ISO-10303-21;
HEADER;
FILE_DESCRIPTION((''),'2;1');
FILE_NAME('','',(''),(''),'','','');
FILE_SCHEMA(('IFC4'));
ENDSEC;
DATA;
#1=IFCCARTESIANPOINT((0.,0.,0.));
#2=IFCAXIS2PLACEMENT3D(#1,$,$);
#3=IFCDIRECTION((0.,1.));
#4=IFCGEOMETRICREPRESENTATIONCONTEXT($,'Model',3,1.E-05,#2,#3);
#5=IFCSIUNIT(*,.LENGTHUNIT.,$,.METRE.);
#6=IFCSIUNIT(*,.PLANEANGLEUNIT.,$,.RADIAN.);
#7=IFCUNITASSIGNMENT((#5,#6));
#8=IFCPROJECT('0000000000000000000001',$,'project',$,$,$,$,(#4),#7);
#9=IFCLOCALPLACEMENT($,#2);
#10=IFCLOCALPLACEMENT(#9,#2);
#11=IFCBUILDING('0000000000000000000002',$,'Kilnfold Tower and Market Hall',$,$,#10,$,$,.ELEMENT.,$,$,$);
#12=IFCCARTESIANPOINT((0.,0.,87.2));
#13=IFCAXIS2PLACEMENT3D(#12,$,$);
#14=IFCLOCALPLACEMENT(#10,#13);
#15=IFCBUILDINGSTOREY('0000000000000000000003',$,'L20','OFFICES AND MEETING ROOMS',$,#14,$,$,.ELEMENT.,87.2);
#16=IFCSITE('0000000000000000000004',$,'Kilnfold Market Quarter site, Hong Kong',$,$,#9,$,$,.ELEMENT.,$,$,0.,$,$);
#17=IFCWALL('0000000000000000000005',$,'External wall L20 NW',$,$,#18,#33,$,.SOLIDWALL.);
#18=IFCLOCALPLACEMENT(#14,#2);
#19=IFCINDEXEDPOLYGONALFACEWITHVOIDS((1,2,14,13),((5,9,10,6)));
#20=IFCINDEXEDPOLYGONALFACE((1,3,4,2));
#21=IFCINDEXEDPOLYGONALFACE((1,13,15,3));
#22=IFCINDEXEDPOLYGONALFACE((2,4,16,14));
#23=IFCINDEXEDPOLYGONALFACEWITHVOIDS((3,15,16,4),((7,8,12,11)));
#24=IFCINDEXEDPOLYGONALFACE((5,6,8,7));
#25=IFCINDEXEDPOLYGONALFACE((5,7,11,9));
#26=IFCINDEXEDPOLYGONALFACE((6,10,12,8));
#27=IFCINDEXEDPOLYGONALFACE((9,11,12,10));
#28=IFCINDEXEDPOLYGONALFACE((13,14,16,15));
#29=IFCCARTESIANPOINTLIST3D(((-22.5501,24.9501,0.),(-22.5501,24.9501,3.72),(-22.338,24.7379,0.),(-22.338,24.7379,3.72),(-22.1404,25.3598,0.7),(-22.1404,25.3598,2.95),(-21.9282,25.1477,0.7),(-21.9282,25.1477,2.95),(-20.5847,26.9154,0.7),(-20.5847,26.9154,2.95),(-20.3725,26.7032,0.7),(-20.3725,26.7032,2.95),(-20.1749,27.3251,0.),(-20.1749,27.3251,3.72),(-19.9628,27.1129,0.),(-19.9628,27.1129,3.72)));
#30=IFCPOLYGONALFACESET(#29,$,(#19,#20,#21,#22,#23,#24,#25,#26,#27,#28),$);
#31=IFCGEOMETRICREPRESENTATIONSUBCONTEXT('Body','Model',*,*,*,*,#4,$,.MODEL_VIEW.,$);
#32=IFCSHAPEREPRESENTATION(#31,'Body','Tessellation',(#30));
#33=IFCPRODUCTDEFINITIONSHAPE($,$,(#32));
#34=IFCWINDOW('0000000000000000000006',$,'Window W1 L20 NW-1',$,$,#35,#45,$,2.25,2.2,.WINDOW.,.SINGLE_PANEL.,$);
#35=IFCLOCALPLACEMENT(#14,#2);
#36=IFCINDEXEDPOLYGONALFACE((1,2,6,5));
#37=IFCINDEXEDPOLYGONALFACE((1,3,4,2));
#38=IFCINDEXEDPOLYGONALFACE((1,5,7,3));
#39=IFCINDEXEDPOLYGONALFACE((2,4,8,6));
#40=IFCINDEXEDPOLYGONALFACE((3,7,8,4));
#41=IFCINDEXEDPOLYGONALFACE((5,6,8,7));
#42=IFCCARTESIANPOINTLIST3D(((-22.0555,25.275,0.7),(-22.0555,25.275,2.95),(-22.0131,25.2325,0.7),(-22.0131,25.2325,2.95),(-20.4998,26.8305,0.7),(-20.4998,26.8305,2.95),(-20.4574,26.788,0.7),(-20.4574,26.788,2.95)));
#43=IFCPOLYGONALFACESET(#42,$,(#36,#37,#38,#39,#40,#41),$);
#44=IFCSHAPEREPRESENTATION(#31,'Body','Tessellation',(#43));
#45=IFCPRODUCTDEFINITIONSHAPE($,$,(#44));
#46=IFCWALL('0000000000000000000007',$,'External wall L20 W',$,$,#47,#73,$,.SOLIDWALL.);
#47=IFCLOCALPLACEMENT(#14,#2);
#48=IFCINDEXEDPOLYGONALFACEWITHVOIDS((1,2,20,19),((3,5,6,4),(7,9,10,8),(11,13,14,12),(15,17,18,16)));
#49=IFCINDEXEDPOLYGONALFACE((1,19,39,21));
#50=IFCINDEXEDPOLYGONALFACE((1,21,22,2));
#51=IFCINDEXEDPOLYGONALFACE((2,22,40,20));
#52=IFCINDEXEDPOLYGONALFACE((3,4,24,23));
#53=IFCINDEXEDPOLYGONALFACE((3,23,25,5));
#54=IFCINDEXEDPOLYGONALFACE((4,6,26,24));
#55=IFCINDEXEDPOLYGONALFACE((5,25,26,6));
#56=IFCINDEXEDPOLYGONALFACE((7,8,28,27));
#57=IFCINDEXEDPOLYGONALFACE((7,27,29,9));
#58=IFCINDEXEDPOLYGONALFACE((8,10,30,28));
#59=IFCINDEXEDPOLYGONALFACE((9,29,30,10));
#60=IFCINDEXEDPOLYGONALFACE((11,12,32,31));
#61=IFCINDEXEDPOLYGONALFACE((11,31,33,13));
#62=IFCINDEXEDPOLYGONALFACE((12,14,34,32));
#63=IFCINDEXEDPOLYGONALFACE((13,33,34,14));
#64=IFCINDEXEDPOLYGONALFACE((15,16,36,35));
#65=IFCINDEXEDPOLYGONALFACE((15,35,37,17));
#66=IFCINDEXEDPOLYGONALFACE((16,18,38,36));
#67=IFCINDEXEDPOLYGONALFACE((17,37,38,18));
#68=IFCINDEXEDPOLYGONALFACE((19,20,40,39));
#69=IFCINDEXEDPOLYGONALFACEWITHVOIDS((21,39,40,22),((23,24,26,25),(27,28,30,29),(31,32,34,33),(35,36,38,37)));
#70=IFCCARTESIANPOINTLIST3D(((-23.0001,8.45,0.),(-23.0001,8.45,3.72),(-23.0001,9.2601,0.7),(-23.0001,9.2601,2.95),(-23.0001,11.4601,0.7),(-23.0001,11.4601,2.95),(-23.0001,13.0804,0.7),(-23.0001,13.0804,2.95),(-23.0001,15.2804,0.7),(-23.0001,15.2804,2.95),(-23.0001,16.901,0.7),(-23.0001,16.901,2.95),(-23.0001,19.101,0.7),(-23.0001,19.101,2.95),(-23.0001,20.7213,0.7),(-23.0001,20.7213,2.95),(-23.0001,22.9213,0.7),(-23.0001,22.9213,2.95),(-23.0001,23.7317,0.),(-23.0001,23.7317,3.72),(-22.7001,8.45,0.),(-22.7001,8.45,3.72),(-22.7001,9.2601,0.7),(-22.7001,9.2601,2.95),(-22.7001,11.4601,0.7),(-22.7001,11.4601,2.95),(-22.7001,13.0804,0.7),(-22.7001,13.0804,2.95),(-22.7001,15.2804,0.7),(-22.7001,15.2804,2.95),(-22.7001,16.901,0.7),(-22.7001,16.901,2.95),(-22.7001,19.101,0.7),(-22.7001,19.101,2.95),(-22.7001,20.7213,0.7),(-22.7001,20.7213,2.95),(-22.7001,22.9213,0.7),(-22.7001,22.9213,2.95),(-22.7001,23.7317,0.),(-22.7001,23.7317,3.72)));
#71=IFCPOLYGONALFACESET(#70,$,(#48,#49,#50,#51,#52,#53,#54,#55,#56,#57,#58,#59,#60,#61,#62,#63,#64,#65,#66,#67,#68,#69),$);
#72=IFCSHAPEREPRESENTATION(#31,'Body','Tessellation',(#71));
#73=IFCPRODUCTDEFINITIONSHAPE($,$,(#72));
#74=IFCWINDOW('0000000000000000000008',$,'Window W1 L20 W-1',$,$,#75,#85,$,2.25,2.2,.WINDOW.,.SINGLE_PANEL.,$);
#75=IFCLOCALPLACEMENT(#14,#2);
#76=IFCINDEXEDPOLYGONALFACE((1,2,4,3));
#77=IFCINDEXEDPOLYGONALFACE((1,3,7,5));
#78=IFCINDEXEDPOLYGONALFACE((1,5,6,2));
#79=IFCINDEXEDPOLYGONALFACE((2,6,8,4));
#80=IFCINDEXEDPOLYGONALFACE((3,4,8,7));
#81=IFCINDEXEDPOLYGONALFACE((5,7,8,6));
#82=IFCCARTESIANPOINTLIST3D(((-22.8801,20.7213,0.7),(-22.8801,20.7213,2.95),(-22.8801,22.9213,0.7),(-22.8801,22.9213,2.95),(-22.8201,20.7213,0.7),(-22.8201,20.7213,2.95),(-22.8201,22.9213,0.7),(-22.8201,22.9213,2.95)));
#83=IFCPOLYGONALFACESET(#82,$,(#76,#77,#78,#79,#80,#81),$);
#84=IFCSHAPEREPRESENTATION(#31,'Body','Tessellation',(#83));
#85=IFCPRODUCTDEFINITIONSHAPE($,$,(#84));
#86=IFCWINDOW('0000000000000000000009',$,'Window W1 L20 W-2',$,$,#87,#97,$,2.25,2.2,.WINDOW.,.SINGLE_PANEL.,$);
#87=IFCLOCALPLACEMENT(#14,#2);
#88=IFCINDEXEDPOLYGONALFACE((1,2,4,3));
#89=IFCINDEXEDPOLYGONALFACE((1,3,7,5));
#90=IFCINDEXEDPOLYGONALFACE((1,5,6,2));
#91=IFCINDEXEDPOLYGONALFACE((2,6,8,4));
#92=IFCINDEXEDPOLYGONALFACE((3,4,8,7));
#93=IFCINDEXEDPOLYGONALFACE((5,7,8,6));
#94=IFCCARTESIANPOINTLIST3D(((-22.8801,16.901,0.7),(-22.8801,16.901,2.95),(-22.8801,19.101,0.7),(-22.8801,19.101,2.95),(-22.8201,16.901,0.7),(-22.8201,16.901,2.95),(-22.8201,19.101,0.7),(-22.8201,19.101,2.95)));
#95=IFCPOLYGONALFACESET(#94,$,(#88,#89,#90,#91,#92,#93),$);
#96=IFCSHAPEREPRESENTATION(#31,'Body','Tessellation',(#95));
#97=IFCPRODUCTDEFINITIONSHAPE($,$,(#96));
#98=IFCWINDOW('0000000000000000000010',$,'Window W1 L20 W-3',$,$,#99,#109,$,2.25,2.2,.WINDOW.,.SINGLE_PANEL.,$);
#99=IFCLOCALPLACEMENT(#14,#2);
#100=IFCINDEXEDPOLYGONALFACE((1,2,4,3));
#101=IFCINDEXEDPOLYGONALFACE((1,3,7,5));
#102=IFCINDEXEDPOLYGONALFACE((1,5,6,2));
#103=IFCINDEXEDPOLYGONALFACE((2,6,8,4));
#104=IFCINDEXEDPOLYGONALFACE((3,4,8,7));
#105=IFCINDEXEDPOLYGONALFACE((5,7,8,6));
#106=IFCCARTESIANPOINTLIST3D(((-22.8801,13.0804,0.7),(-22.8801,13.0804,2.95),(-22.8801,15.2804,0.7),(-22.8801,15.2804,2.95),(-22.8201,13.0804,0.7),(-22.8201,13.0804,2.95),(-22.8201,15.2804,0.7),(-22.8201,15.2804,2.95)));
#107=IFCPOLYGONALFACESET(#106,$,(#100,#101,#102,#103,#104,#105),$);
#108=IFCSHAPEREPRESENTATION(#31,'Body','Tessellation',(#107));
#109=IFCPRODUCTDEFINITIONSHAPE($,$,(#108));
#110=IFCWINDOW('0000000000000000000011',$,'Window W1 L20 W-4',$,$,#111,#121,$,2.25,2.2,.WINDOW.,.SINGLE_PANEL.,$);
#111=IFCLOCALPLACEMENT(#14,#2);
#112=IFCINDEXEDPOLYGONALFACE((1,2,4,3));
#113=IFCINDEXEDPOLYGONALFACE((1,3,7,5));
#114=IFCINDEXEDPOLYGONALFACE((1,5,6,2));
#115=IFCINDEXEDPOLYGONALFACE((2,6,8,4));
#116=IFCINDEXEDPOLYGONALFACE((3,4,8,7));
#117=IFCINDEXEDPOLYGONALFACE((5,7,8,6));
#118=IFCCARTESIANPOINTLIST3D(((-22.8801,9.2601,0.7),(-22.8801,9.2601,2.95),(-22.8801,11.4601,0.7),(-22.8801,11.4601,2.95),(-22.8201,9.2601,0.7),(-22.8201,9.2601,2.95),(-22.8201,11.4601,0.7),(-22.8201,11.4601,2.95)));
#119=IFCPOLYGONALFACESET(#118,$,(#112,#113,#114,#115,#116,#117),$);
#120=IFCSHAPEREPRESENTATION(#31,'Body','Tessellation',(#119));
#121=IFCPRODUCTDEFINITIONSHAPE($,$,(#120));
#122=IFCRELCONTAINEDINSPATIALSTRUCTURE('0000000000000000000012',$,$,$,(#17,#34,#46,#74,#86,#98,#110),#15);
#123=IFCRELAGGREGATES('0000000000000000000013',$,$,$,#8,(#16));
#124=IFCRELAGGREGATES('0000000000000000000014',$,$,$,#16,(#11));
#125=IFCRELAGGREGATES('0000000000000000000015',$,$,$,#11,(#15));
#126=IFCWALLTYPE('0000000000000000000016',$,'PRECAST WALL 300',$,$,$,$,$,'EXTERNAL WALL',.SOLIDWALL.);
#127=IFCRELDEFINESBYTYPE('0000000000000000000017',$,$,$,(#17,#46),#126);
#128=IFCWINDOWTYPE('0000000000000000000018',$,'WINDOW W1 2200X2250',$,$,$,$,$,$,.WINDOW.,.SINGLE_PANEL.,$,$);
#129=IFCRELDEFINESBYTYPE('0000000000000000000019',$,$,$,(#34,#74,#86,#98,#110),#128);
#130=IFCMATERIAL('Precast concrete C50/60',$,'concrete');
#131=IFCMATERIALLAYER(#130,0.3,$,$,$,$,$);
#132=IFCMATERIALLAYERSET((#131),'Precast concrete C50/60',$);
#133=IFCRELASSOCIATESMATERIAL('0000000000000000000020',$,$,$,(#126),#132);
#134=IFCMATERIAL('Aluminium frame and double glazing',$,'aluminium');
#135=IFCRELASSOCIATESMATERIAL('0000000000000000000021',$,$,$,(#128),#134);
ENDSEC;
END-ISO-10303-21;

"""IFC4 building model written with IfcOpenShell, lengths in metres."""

from ifc_helpers import new_model, si_unit, direction, frame, frame_2d, origin, place, context, subcontext, project, spatial, rectangle, extrude, source, transform, mapped, material, layer, layer_set, type_object, element, fill, save


model = new_model("IFC4")

# Units and contexts
model_context = context("Model", 3, precision=1e-05, world=origin(), true_north=direction((0.0, 1.0)))
body_context = subcontext(model_context, "Body", "Model", "MODEL_VIEW")
ifc_project = project(units=[si_unit("LENGTHUNIT", "METRE"), si_unit("PLANEANGLEUNIT", "RADIAN")], contexts=[model_context])

# Site, building, storey
site_placement = place(None, origin())
site = spatial("IfcSite", under=ifc_project, at=site_placement, Name="Kilnfold Market Quarter site, Hong Kong", CompositionType="ELEMENT", RefElevation=0.0)
building_placement = place(site_placement, origin())
building = spatial("IfcBuilding", under=site, at=building_placement, Name="Kilnfold Tower and Market Hall", CompositionType="ELEMENT")
storey_placement = place(building_placement, frame((0.0, 0.0, 87.2)))
storey = spatial("IfcBuildingStorey", under=building, at=storey_placement, Name="L20", Description="OFFICES AND MEETING ROOMS", CompositionType="ELEMENT", Elevation=87.2)

# Wall, opening, window
ifc_material_1 = material(Name="Precast concrete C50/60", Category="concrete")
ifc_layer_1 = layer(ifc_material_1, 0.3)
ifc_layer_set_1 = layer_set([ifc_layer_1], Name="Precast concrete C50/60")
wall_type_1 = type_object("IfcWallType", Name="PRECAST WALL 300", ElementType="EXTERNAL WALL", PredefinedType="SOLIDWALL", material=ifc_layer_set_1)
shared_shape_1 = source(origin(), body_context, "Body", "SweptSolid", [
    extrude(rectangle(XDim=3.3589, YDim=0.3, at=frame_2d((1.6794, 0.0))), origin(), (0.0, 0.0, 1.0), 3.72),
])
wall_1_placement = place(storey_placement, frame((-20.0688, 27.219, 0.0), z_axis=(0.0, 0.0, 1.0), x_axis=(-0.707143, -0.70707, 0.0)))
wall_1 = element("IfcWall", 1, at=wall_1_placement, inside=storey, type_object=wall_type_1, Name="External wall L20 NW", PredefinedType="SOLIDWALL", context=body_context, shape_type="MappedRepresentation", body=[
    mapped(shared_shape_1, transform((0.0, 0.0, 0.0))),
])
opening_1_placement = place(wall_1_placement, frame((0.5793, 0.0, 0.7)))
opening_1 = element("IfcOpeningElement", 2, at=opening_1_placement, cuts=wall_1, PredefinedType="OPENING", context=body_context, shape_type="SweptSolid", body=[
    extrude(rectangle(XDim=2.2, YDim=2.25, at=frame_2d((1.1001, 1.125))), frame((0.0, 0.1602, 0.0), z_axis=(0.0, -1.0, 0.0), x_axis=(1.0, 0.0, 0.0)), (0.0, 0.0, 1.0), 0.3201),
])
ifc_material_2 = material(Name="Aluminium frame and double glazing", Category="aluminium")
window_type = type_object("IfcWindowType", Name="WINDOW W1 2200X2250", PartitioningType="SINGLE_PANEL", PredefinedType="WINDOW", material=ifc_material_2)
window_1_placement = place(opening_1_placement, origin())
window_1 = element("IfcWindow", 3, at=window_1_placement, inside=storey, type_object=window_type, Name="Window W1 L20 NW-1", OverallHeight=2.25, OverallWidth=2.2, PartitioningType="SINGLE_PANEL", PredefinedType="WINDOW", context=body_context, shape_type="SweptSolid", body=[
    extrude(rectangle(XDim=2.2, YDim=2.25, at=frame_2d((1.1001, 1.125))), frame((0.0, 0.03, 0.0), z_axis=(0.0, -1.0, 0.0), x_axis=(1.0, 0.0, 0.0)), (0.0, 0.0, 1.0), 0.0601),
])
fill(opening_1, window_1)

# Wall, openings, windows
shared_shape_2 = source(origin(), body_context, "Body", "SweptSolid", [
    extrude(rectangle(XDim=15.2817, YDim=0.3, at=frame_2d((7.6409, 0.0))), origin(), (0.0, 0.0, 1.0), 3.72),
])
wall_2_placement = place(storey_placement, frame((-22.8501, 23.7317, 0.0), z_axis=(0.0, 0.0, 1.0), x_axis=(0.0, -1.0, 0.0)))
wall_2 = element("IfcWall", 4, at=wall_2_placement, inside=storey, type_object=wall_type_1, Name="External wall L20 W", PredefinedType="SOLIDWALL", context=body_context, shape_type="MappedRepresentation", body=[
    mapped(shared_shape_2, transform((0.0, 0.0, 0.0))),
])
opening_2_placement = place(wall_2_placement, frame((0.8103, 0.0, 0.7)))
opening_2 = element("IfcOpeningElement", 5, at=opening_2_placement, cuts=wall_2, PredefinedType="OPENING", context=body_context, shape_type="SweptSolid", body=[
    extrude(rectangle(XDim=2.2, YDim=2.25, at=frame_2d((1.1001, 1.125))), frame((0.0, 0.1602, 0.0), z_axis=(0.0, -1.0, 0.0), x_axis=(1.0, 0.0, 0.0)), (0.0, 0.0, 1.0), 0.3201),
])
opening_3_placement = place(wall_2_placement, frame((4.6306, 0.0, 0.7)))
opening_3 = element("IfcOpeningElement", 6, at=opening_3_placement, cuts=wall_2, PredefinedType="OPENING", context=body_context, shape_type="SweptSolid", body=[
    extrude(rectangle(XDim=2.2, YDim=2.25, at=frame_2d((1.1001, 1.125))), frame((0.0, 0.1602, 0.0), z_axis=(0.0, -1.0, 0.0), x_axis=(1.0, 0.0, 0.0)), (0.0, 0.0, 1.0), 0.3201),
])
opening_4_placement = place(wall_2_placement, frame((8.4512, 0.0, 0.7)))
opening_4 = element("IfcOpeningElement", 7, at=opening_4_placement, cuts=wall_2, PredefinedType="OPENING", context=body_context, shape_type="SweptSolid", body=[
    extrude(rectangle(XDim=2.2, YDim=2.25, at=frame_2d((1.1001, 1.125))), frame((0.0, 0.1602, 0.0), z_axis=(0.0, -1.0, 0.0), x_axis=(1.0, 0.0, 0.0)), (0.0, 0.0, 1.0), 0.3201),
])
opening_5_placement = place(wall_2_placement, frame((12.2715, 0.0, 0.7)))
opening_5 = element("IfcOpeningElement", 8, at=opening_5_placement, cuts=wall_2, PredefinedType="OPENING", context=body_context, shape_type="SweptSolid", body=[
    extrude(rectangle(XDim=2.2, YDim=2.25, at=frame_2d((1.1001, 1.125))), frame((0.0, 0.1602, 0.0), z_axis=(0.0, -1.0, 0.0), x_axis=(1.0, 0.0, 0.0)), (0.0, 0.0, 1.0), 0.3201),
])
window_2_placement = place(opening_2_placement, origin())
window_2 = element("IfcWindow", 9, at=window_2_placement, inside=storey, type_object=window_type, Name="Window W1 L20 W-1", OverallHeight=2.25, OverallWidth=2.2, PartitioningType="SINGLE_PANEL", PredefinedType="WINDOW", context=body_context, shape_type="SweptSolid", body=[
    extrude(rectangle(XDim=2.2, YDim=2.25, at=frame_2d((1.1001, 1.125))), frame((0.0, 0.03, 0.0), z_axis=(0.0, -1.0, 0.0), x_axis=(1.0, 0.0, 0.0)), (0.0, 0.0, 1.0), 0.0601),
])
fill(opening_2, window_2)
window_3_placement = place(opening_3_placement, origin())
window_3 = element("IfcWindow", 10, at=window_3_placement, inside=storey, type_object=window_type, Name="Window W1 L20 W-2", OverallHeight=2.25, OverallWidth=2.2, PartitioningType="SINGLE_PANEL", PredefinedType="WINDOW", context=body_context, shape_type="SweptSolid", body=[
    extrude(rectangle(XDim=2.2, YDim=2.25, at=frame_2d((1.1001, 1.125))), frame((0.0, 0.03, 0.0), z_axis=(0.0, -1.0, 0.0), x_axis=(1.0, 0.0, 0.0)), (0.0, 0.0, 1.0), 0.0601),
])
fill(opening_3, window_3)
window_4_placement = place(opening_4_placement, origin())
window_4 = element("IfcWindow", 11, at=window_4_placement, inside=storey, type_object=window_type, Name="Window W1 L20 W-3", OverallHeight=2.25, OverallWidth=2.2, PartitioningType="SINGLE_PANEL", PredefinedType="WINDOW", context=body_context, shape_type="SweptSolid", body=[
    extrude(rectangle(XDim=2.2, YDim=2.25, at=frame_2d((1.1001, 1.125))), frame((0.0, 0.03, 0.0), z_axis=(0.0, -1.0, 0.0), x_axis=(1.0, 0.0, 0.0)), (0.0, 0.0, 1.0), 0.0601),
])
fill(opening_4, window_4)
window_5_placement = place(opening_5_placement, origin())
window_5 = element("IfcWindow", 12, at=window_5_placement, inside=storey, type_object=window_type, Name="Window W1 L20 W-4", OverallHeight=2.25, OverallWidth=2.2, PartitioningType="SINGLE_PANEL", PredefinedType="WINDOW", context=body_context, shape_type="SweptSolid", body=[
    extrude(rectangle(XDim=2.2, YDim=2.25, at=frame_2d((1.1001, 1.125))), frame((0.0, 0.03, 0.0), z_axis=(0.0, -1.0, 0.0), x_axis=(1.0, 0.0, 0.0)), (0.0, 0.0, 1.0), 0.0601),
])
fill(opening_5, window_5)

save(model, "model.ifc")
